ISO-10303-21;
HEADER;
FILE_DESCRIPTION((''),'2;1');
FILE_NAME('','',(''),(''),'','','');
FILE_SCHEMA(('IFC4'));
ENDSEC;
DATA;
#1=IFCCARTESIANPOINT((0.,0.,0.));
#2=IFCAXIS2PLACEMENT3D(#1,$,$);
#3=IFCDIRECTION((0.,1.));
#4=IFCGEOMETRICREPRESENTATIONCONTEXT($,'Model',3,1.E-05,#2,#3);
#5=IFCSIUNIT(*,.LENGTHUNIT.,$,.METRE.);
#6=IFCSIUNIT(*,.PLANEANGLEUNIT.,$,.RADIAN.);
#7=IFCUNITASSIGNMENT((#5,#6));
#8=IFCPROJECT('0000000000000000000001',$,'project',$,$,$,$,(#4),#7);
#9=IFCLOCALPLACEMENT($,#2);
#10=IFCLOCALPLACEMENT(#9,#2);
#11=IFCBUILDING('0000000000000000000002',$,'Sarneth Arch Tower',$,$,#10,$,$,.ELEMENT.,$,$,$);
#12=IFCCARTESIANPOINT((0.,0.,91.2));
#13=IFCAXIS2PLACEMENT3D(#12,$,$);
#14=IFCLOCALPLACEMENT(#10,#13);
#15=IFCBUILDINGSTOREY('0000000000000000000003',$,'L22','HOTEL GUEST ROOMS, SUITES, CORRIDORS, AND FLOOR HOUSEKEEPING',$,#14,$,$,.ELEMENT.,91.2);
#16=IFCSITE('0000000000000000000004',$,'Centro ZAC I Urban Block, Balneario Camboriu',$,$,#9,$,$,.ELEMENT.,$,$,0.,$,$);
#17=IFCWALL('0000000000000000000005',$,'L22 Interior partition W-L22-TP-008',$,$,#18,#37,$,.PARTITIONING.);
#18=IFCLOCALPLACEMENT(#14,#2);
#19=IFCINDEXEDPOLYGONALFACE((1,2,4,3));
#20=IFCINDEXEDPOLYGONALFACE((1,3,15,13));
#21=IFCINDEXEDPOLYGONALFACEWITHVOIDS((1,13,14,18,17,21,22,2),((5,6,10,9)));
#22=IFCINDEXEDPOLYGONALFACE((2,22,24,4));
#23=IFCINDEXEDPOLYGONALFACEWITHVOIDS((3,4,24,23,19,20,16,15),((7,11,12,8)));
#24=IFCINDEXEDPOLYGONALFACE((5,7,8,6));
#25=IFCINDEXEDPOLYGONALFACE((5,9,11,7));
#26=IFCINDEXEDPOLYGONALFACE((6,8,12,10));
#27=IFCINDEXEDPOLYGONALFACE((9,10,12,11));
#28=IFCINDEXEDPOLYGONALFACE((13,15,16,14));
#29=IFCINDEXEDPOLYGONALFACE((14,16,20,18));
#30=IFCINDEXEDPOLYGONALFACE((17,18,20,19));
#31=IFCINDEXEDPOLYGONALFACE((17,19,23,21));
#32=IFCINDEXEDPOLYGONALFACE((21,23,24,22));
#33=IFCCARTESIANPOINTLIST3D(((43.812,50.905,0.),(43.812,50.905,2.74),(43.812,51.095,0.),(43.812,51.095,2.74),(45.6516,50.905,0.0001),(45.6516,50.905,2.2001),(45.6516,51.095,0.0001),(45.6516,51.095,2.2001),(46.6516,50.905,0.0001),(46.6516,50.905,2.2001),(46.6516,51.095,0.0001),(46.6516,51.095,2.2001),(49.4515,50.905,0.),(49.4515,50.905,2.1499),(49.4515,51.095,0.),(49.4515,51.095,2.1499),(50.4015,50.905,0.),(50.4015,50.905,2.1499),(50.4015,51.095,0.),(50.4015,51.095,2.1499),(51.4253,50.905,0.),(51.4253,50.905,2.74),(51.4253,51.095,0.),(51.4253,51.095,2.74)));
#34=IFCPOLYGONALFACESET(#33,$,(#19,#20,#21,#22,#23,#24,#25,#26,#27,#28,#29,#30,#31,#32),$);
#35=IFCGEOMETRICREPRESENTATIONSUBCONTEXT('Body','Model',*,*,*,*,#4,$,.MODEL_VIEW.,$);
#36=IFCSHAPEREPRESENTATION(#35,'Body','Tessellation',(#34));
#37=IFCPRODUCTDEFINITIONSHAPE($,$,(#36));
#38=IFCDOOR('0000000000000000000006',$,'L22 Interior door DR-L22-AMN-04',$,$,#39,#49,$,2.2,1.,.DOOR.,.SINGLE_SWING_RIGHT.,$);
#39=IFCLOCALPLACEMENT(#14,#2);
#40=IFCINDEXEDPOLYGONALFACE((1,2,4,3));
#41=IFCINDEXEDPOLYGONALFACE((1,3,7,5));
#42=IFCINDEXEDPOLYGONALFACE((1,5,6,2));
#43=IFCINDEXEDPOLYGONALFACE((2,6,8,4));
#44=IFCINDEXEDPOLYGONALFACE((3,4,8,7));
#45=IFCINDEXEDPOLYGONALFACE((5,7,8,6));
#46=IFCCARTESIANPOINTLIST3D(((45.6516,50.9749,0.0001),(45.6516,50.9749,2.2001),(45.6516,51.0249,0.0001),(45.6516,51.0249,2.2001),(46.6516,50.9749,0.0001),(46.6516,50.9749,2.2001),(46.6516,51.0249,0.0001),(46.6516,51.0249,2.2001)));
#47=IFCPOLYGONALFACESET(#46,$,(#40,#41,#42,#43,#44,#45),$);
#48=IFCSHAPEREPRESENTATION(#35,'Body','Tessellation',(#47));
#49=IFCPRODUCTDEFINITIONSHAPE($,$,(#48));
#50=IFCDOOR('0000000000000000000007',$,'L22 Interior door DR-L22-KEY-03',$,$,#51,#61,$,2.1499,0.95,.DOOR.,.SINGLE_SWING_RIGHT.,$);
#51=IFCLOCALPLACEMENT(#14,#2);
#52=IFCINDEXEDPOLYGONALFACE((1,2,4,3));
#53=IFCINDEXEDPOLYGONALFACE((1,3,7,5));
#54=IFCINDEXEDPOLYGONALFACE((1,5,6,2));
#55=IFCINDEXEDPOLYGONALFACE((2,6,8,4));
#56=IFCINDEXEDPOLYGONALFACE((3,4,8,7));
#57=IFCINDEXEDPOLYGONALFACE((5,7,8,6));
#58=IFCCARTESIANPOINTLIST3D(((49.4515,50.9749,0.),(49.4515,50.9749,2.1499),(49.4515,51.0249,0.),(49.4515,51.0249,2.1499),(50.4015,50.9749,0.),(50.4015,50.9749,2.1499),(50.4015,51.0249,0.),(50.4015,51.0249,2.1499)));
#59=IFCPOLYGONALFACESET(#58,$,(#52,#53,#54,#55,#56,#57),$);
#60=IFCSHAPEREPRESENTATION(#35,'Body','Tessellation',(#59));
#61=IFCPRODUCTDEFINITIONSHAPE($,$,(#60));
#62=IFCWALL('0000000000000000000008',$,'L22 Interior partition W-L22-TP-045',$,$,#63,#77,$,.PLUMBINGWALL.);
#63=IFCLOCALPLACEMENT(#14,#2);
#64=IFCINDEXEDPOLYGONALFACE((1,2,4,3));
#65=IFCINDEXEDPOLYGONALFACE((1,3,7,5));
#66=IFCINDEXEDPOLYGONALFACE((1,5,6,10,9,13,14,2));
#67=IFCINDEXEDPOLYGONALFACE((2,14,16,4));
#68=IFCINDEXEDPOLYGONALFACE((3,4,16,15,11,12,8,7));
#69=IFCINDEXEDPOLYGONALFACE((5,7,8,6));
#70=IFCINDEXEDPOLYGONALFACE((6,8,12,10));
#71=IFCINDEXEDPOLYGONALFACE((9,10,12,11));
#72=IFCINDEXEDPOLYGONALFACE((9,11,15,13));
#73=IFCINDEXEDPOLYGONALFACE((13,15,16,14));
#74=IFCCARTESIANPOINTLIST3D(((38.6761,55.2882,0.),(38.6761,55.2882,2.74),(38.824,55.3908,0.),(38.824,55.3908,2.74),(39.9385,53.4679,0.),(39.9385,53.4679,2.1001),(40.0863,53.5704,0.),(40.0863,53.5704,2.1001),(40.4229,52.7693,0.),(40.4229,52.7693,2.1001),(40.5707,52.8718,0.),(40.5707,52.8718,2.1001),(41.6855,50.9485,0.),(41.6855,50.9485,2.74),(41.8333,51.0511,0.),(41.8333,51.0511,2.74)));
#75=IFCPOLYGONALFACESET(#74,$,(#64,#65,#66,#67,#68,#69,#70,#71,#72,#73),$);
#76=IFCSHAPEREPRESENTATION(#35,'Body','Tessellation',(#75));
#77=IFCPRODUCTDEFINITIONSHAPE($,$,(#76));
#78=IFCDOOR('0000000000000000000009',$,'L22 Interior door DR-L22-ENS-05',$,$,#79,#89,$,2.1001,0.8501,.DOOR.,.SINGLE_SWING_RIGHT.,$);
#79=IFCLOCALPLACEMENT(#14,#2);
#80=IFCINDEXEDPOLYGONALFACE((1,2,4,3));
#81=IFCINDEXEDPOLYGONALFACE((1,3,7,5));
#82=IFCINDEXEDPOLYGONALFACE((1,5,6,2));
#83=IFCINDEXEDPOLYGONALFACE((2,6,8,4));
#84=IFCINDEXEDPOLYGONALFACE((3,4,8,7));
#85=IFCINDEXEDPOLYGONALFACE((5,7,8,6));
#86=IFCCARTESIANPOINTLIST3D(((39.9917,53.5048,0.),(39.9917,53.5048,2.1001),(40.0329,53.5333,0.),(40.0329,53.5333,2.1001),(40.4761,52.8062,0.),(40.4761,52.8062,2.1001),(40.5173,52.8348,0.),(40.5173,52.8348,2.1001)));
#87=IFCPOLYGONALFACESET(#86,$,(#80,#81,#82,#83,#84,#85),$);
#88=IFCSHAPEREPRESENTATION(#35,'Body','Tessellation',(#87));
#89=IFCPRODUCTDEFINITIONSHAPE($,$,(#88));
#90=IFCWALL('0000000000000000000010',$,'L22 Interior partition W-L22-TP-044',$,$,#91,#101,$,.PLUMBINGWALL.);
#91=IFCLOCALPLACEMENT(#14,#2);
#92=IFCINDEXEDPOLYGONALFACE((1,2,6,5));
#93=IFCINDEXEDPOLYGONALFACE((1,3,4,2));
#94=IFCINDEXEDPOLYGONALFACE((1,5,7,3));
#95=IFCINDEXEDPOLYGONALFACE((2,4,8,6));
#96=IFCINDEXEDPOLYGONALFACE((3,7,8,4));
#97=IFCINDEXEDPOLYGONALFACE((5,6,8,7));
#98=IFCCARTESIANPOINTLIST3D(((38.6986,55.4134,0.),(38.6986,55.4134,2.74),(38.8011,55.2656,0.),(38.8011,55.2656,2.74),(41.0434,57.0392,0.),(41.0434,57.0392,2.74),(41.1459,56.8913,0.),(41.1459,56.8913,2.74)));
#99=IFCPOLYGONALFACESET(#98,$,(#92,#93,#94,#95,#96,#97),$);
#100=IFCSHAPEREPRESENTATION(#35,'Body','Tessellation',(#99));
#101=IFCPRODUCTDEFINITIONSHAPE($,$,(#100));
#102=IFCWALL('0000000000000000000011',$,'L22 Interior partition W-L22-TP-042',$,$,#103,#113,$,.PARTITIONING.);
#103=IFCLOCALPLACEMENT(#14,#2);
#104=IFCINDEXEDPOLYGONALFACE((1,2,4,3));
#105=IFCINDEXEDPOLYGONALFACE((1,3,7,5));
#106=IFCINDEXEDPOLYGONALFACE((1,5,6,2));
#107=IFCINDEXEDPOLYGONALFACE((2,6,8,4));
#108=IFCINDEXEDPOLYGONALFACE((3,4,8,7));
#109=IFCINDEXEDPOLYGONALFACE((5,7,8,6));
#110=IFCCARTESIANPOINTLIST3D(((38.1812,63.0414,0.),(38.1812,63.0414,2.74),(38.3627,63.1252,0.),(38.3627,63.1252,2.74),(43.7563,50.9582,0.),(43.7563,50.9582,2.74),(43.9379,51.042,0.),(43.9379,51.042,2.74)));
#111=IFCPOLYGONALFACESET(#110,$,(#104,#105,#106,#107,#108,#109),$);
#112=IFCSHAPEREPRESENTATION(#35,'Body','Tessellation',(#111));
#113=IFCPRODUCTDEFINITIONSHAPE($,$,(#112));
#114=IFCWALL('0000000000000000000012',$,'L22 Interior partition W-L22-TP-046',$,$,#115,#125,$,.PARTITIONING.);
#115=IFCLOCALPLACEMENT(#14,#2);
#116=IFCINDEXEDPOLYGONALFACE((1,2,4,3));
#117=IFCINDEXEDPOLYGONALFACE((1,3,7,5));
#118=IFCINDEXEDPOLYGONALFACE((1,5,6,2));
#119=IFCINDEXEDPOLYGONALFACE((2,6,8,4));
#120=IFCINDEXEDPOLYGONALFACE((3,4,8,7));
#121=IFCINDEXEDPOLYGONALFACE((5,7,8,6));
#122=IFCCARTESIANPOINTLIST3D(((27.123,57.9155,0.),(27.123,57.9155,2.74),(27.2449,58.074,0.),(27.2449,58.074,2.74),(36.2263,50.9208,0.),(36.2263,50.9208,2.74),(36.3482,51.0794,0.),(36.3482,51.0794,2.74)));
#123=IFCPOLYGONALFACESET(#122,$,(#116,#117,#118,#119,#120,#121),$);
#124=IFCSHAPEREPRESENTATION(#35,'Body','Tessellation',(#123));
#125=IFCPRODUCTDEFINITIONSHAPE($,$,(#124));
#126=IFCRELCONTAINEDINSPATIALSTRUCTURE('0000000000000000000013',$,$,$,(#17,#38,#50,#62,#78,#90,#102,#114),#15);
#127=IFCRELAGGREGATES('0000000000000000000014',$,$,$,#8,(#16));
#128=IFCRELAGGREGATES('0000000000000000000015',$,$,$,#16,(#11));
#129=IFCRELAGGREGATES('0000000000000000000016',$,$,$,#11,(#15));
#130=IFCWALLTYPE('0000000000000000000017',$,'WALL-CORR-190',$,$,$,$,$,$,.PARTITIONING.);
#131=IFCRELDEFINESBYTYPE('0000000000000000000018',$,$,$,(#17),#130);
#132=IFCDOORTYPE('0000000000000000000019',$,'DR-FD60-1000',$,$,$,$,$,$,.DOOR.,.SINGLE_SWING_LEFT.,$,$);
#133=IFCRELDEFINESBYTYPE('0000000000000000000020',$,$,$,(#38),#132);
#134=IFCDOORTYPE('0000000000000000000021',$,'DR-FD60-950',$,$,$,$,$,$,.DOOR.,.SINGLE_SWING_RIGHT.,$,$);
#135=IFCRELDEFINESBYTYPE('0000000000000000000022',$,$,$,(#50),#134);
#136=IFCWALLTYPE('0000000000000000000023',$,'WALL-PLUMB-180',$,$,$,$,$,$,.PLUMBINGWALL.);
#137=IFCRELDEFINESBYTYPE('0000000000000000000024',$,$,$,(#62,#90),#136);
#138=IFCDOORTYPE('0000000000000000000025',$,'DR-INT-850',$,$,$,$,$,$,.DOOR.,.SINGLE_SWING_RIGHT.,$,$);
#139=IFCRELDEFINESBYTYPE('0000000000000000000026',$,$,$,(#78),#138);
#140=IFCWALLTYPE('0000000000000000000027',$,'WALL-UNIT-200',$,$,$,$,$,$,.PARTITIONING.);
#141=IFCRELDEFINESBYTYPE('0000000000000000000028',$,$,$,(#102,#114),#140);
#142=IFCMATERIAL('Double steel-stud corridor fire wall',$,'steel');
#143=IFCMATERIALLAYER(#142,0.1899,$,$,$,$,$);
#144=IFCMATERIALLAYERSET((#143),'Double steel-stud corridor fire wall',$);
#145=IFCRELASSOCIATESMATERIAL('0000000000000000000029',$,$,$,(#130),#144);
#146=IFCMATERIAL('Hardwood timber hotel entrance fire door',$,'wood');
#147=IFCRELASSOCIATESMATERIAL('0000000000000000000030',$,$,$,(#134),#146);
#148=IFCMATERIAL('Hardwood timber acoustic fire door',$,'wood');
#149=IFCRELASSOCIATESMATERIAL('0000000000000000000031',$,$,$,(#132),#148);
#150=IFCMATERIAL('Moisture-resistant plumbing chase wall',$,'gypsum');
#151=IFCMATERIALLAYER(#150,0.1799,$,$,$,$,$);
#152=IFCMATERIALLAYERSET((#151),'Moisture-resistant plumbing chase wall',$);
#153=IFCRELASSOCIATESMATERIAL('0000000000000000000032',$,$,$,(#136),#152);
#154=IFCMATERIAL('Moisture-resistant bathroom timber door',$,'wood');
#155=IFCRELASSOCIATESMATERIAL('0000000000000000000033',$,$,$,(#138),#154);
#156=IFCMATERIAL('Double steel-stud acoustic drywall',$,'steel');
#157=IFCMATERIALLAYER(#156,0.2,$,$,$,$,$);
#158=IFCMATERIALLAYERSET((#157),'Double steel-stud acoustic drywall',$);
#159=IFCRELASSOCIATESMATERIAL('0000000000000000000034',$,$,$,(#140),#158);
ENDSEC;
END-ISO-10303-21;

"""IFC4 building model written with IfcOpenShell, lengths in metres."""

from ifc_helpers import new_model, si_unit, direction, frame, frame_2d, origin, place, context, subcontext, project, spatial, rectangle, extrude, material, layer, layer_set, type_object, element, fill, save


model = new_model("IFC4")

# Units and contexts
model_context = context("Model", 3, precision=1e-05, world=origin(), true_north=direction((0.0, 1.0)))
body_context = subcontext(model_context, "Body", "Model", "MODEL_VIEW")
ifc_project = project(units=[si_unit("LENGTHUNIT", "METRE"), si_unit("PLANEANGLEUNIT", "RADIAN")], contexts=[model_context])

# Site, building, storey
site_placement = place(None, origin())
site = spatial("IfcSite", under=ifc_project, at=site_placement, Name="Centro ZAC I Urban Block, Balneario Camboriu", CompositionType="ELEMENT", RefElevation=0.0)
building_placement = place(site_placement, origin())
building = spatial("IfcBuilding", under=site, at=building_placement, Name="Sarneth Arch Tower", CompositionType="ELEMENT")
storey_placement = place(building_placement, frame((0.0, 0.0, 91.2)))
storey = spatial("IfcBuildingStorey", under=building, at=storey_placement, Name="L22", Description="HOTEL GUEST ROOMS, SUITES, CORRIDORS, AND FLOOR HOUSEKEEPING", CompositionType="ELEMENT", Elevation=91.2)

# Shared definitions
ifc_material_1 = material(Name="Double steel-stud corridor fire wall", Category="steel")
ifc_layer_1 = layer(ifc_material_1, 0.1899)
ifc_layer_set_1 = layer_set([ifc_layer_1], Name="Double steel-stud corridor fire wall")
wall_type_1 = type_object("IfcWallType", Name="WALL-CORR-190", PredefinedType="PARTITIONING", material=ifc_layer_set_1)
ifc_material_2 = material(Name="Hardwood timber hotel entrance fire door", Category="wood")
door_type_1 = type_object("IfcDoorType", Name="DR-FD60-950", OperationType="SINGLE_SWING_RIGHT", PredefinedType="DOOR", material=ifc_material_2)

# Wall, openings, doors
wall_1_placement = place(storey_placement, frame((43.812, 51.0, 0.0), z_axis=(0.0, 0.0, 1.0), x_axis=(1.0, 0.0, 0.0)))
wall_1 = element("IfcWall", 1, at=wall_1_placement, inside=storey, type_object=wall_type_1, Name="L22 Interior partition W-L22-TP-008", PredefinedType="PARTITIONING", context=body_context, shape_type="SweptSolid", body=[
    extrude(rectangle(XDim=7.6133, YDim=0.1899, at=frame_2d((3.8066, 0.0))), origin(), (0.0, 0.0, 1.0), 2.74),
])
opening_1_placement = place(wall_1_placement, frame((1.8396, 0.0, 0.0)))
opening_1 = element("IfcOpeningElement", 2, at=opening_1_placement, cuts=wall_1, PredefinedType="OPENING", context=body_context, shape_type="SweptSolid", body=[
    extrude(rectangle(XDim=1.0, YDim=2.2, at=frame_2d((0.5, 1.1001))), frame((0.0, 0.105, 0.0), z_axis=(0.0, -1.0, 0.0), x_axis=(1.0, 0.0, 0.0)), (0.0, 0.0, 1.0), 0.21),
])
opening_2_placement = place(wall_1_placement, frame((5.6394, 0.0, 0.0)))
opening_2 = element("IfcOpeningElement", 3, at=opening_2_placement, cuts=wall_1, PredefinedType="OPENING", context=body_context, shape_type="SweptSolid", body=[
    extrude(rectangle(XDim=0.95, YDim=2.1499, at=frame_2d((0.4751, 1.075))), frame((0.0, 0.105, 0.0), z_axis=(0.0, -1.0, 0.0), x_axis=(1.0, 0.0, 0.0)), (0.0, 0.0, 1.0), 0.21),
])
ifc_material_3 = material(Name="Hardwood timber acoustic fire door", Category="wood")
door_type_2 = type_object("IfcDoorType", Name="DR-FD60-1000", OperationType="SINGLE_SWING_LEFT", PredefinedType="DOOR", material=ifc_material_3)
door_1_placement = place(opening_1_placement, origin())
door_1 = element("IfcDoor", 4, at=door_1_placement, inside=storey, type_object=door_type_2, Name="L22 Interior door DR-L22-AMN-04", OperationType="SINGLE_SWING_RIGHT", OverallHeight=2.2, OverallWidth=1.0, PredefinedType="DOOR", context=body_context, shape_type="SweptSolid", body=[
    extrude(rectangle(XDim=1.0, YDim=2.2, at=frame_2d((0.5, 1.1001))), frame((0.0, 0.0249, 0.0), z_axis=(0.0, -1.0, 0.0), x_axis=(1.0, 0.0, 0.0)), (0.0, 0.0, 1.0), 0.05),
])
fill(opening_1, door_1)
door_2_placement = place(opening_2_placement, origin())
door_2 = element("IfcDoor", 5, at=door_2_placement, inside=storey, type_object=door_type_1, Name="L22 Interior door DR-L22-KEY-03", OperationType="SINGLE_SWING_RIGHT", OverallHeight=2.1499, OverallWidth=0.95, PredefinedType="DOOR", context=body_context, shape_type="SweptSolid", body=[
    extrude(rectangle(XDim=0.95, YDim=2.1499, at=frame_2d((0.4751, 1.075))), frame((0.0, 0.0249, 0.0), z_axis=(0.0, -1.0, 0.0), x_axis=(1.0, 0.0, 0.0)), (0.0, 0.0, 1.0), 0.05),
])
fill(opening_2, door_2)

# Wall, opening, door
ifc_material_4 = material(Name="Moisture-resistant plumbing chase wall", Category="gypsum")
ifc_layer_2 = layer(ifc_material_4, 0.1799)
ifc_layer_set_2 = layer_set([ifc_layer_2], Name="Moisture-resistant plumbing chase wall")
wall_type_2 = type_object("IfcWallType", Name="WALL-PLUMB-180", PredefinedType="PLUMBINGWALL", material=ifc_layer_set_2)
wall_2_placement = place(storey_placement, frame((38.75, 55.3396, 0.0), z_axis=(0.0, 0.0, 1.0), x_axis=(0.569842, -0.821754, 0.0)))
wall_2 = element("IfcWall", 6, at=wall_2_placement, inside=storey, type_object=wall_type_2, Name="L22 Interior partition W-L22-TP-045", PredefinedType="PLUMBINGWALL", context=body_context, shape_type="SweptSolid", body=[
    extrude(rectangle(XDim=5.281, YDim=0.1799, at=frame_2d((2.6406, 0.0))), origin(), (0.0, 0.0, 1.0), 2.74),
])
opening_3_placement = place(wall_2_placement, frame((2.2153, 0.0, 0.0)))
opening_3 = element("IfcOpeningElement", 7, at=opening_3_placement, cuts=wall_2, PredefinedType="OPENING", context=body_context, shape_type="SweptSolid", body=[
    extrude(rectangle(XDim=0.8501, YDim=2.1001, at=frame_2d((0.425, 1.05))), frame((0.0, 0.0999, 0.0), z_axis=(0.0, -1.0, 0.0), x_axis=(1.0, 0.0, 0.0)), (0.0, 0.0, 1.0), 0.2),
])
ifc_material_5 = material(Name="Moisture-resistant bathroom timber door", Category="wood")
door_type_3 = type_object("IfcDoorType", Name="DR-INT-850", OperationType="SINGLE_SWING_RIGHT", PredefinedType="DOOR", material=ifc_material_5)
door_3_placement = place(opening_3_placement, origin())
door_3 = element("IfcDoor", 8, at=door_3_placement, inside=storey, type_object=door_type_3, Name="L22 Interior door DR-L22-ENS-05", OperationType="SINGLE_SWING_RIGHT", OverallHeight=2.1001, OverallWidth=0.8501, PredefinedType="DOOR", context=body_context, shape_type="SweptSolid", body=[
    extrude(rectangle(XDim=0.8501, YDim=2.1001, at=frame_2d((0.425, 1.05))), frame((0.0, 0.0249, 0.0), z_axis=(0.0, -1.0, 0.0), x_axis=(1.0, 0.0, 0.0)), (0.0, 0.0, 1.0), 0.05),
])
fill(opening_3, door_3)

# Walls
wall_3_placement = place(storey_placement, frame((41.0947, 56.9653, 0.0), z_axis=(0.0, 0.0, 1.0), x_axis=(-0.821788, -0.569793, 0.0)))
element("IfcWall", 9, at=wall_3_placement, inside=storey, type_object=wall_type_2, Name="L22 Interior partition W-L22-TP-044", PredefinedType="PLUMBINGWALL", context=body_context, shape_type="SweptSolid", body=[
    extrude(rectangle(XDim=2.8533, YDim=0.1799, at=frame_2d((1.4268, 0.0))), origin(), (0.0, 0.0, 1.0), 2.74),
])
ifc_material_6 = material(Name="Double steel-stud acoustic drywall", Category="steel")
ifc_layer_3 = layer(ifc_material_6, 0.2)
ifc_layer_set_3 = layer_set([ifc_layer_3], Name="Double steel-stud acoustic drywall")
wall_type_3 = type_object("IfcWallType", Name="WALL-UNIT-200", PredefinedType="PARTITIONING", material=ifc_layer_set_3)
wall_4_placement = place(storey_placement, frame((43.8472, 51.0, 0.0), z_axis=(0.0, 0.0, 1.0), x_axis=(-0.418953, 0.908008, 0.0)))
element("IfcWall", 10, at=wall_4_placement, inside=storey, type_object=wall_type_3, Name="L22 Interior partition W-L22-TP-042", PredefinedType="PARTITIONING", context=body_context, shape_type="SweptSolid", body=[
    extrude(rectangle(XDim=13.3074, YDim=0.2, at=frame_2d((6.6538, 0.0))), origin(), (0.0, 0.0, 1.0), 2.74),
])
wall_5_placement = place(storey_placement, frame((36.2874, 51.0, 0.0), z_axis=(0.0, 0.0, 1.0), x_axis=(-0.792956, 0.609279, 0.0)))
element("IfcWall", 11, at=wall_5_placement, inside=storey, type_object=wall_type_3, Name="L22 Interior partition W-L22-TP-046", PredefinedType="PARTITIONING", context=body_context, shape_type="SweptSolid", body=[
    extrude(rectangle(XDim=11.4802, YDim=0.2, at=frame_2d((5.7402, 0.0))), origin(), (0.0, 0.0, 1.0), 2.74),
])

save(model, "model.ifc")
